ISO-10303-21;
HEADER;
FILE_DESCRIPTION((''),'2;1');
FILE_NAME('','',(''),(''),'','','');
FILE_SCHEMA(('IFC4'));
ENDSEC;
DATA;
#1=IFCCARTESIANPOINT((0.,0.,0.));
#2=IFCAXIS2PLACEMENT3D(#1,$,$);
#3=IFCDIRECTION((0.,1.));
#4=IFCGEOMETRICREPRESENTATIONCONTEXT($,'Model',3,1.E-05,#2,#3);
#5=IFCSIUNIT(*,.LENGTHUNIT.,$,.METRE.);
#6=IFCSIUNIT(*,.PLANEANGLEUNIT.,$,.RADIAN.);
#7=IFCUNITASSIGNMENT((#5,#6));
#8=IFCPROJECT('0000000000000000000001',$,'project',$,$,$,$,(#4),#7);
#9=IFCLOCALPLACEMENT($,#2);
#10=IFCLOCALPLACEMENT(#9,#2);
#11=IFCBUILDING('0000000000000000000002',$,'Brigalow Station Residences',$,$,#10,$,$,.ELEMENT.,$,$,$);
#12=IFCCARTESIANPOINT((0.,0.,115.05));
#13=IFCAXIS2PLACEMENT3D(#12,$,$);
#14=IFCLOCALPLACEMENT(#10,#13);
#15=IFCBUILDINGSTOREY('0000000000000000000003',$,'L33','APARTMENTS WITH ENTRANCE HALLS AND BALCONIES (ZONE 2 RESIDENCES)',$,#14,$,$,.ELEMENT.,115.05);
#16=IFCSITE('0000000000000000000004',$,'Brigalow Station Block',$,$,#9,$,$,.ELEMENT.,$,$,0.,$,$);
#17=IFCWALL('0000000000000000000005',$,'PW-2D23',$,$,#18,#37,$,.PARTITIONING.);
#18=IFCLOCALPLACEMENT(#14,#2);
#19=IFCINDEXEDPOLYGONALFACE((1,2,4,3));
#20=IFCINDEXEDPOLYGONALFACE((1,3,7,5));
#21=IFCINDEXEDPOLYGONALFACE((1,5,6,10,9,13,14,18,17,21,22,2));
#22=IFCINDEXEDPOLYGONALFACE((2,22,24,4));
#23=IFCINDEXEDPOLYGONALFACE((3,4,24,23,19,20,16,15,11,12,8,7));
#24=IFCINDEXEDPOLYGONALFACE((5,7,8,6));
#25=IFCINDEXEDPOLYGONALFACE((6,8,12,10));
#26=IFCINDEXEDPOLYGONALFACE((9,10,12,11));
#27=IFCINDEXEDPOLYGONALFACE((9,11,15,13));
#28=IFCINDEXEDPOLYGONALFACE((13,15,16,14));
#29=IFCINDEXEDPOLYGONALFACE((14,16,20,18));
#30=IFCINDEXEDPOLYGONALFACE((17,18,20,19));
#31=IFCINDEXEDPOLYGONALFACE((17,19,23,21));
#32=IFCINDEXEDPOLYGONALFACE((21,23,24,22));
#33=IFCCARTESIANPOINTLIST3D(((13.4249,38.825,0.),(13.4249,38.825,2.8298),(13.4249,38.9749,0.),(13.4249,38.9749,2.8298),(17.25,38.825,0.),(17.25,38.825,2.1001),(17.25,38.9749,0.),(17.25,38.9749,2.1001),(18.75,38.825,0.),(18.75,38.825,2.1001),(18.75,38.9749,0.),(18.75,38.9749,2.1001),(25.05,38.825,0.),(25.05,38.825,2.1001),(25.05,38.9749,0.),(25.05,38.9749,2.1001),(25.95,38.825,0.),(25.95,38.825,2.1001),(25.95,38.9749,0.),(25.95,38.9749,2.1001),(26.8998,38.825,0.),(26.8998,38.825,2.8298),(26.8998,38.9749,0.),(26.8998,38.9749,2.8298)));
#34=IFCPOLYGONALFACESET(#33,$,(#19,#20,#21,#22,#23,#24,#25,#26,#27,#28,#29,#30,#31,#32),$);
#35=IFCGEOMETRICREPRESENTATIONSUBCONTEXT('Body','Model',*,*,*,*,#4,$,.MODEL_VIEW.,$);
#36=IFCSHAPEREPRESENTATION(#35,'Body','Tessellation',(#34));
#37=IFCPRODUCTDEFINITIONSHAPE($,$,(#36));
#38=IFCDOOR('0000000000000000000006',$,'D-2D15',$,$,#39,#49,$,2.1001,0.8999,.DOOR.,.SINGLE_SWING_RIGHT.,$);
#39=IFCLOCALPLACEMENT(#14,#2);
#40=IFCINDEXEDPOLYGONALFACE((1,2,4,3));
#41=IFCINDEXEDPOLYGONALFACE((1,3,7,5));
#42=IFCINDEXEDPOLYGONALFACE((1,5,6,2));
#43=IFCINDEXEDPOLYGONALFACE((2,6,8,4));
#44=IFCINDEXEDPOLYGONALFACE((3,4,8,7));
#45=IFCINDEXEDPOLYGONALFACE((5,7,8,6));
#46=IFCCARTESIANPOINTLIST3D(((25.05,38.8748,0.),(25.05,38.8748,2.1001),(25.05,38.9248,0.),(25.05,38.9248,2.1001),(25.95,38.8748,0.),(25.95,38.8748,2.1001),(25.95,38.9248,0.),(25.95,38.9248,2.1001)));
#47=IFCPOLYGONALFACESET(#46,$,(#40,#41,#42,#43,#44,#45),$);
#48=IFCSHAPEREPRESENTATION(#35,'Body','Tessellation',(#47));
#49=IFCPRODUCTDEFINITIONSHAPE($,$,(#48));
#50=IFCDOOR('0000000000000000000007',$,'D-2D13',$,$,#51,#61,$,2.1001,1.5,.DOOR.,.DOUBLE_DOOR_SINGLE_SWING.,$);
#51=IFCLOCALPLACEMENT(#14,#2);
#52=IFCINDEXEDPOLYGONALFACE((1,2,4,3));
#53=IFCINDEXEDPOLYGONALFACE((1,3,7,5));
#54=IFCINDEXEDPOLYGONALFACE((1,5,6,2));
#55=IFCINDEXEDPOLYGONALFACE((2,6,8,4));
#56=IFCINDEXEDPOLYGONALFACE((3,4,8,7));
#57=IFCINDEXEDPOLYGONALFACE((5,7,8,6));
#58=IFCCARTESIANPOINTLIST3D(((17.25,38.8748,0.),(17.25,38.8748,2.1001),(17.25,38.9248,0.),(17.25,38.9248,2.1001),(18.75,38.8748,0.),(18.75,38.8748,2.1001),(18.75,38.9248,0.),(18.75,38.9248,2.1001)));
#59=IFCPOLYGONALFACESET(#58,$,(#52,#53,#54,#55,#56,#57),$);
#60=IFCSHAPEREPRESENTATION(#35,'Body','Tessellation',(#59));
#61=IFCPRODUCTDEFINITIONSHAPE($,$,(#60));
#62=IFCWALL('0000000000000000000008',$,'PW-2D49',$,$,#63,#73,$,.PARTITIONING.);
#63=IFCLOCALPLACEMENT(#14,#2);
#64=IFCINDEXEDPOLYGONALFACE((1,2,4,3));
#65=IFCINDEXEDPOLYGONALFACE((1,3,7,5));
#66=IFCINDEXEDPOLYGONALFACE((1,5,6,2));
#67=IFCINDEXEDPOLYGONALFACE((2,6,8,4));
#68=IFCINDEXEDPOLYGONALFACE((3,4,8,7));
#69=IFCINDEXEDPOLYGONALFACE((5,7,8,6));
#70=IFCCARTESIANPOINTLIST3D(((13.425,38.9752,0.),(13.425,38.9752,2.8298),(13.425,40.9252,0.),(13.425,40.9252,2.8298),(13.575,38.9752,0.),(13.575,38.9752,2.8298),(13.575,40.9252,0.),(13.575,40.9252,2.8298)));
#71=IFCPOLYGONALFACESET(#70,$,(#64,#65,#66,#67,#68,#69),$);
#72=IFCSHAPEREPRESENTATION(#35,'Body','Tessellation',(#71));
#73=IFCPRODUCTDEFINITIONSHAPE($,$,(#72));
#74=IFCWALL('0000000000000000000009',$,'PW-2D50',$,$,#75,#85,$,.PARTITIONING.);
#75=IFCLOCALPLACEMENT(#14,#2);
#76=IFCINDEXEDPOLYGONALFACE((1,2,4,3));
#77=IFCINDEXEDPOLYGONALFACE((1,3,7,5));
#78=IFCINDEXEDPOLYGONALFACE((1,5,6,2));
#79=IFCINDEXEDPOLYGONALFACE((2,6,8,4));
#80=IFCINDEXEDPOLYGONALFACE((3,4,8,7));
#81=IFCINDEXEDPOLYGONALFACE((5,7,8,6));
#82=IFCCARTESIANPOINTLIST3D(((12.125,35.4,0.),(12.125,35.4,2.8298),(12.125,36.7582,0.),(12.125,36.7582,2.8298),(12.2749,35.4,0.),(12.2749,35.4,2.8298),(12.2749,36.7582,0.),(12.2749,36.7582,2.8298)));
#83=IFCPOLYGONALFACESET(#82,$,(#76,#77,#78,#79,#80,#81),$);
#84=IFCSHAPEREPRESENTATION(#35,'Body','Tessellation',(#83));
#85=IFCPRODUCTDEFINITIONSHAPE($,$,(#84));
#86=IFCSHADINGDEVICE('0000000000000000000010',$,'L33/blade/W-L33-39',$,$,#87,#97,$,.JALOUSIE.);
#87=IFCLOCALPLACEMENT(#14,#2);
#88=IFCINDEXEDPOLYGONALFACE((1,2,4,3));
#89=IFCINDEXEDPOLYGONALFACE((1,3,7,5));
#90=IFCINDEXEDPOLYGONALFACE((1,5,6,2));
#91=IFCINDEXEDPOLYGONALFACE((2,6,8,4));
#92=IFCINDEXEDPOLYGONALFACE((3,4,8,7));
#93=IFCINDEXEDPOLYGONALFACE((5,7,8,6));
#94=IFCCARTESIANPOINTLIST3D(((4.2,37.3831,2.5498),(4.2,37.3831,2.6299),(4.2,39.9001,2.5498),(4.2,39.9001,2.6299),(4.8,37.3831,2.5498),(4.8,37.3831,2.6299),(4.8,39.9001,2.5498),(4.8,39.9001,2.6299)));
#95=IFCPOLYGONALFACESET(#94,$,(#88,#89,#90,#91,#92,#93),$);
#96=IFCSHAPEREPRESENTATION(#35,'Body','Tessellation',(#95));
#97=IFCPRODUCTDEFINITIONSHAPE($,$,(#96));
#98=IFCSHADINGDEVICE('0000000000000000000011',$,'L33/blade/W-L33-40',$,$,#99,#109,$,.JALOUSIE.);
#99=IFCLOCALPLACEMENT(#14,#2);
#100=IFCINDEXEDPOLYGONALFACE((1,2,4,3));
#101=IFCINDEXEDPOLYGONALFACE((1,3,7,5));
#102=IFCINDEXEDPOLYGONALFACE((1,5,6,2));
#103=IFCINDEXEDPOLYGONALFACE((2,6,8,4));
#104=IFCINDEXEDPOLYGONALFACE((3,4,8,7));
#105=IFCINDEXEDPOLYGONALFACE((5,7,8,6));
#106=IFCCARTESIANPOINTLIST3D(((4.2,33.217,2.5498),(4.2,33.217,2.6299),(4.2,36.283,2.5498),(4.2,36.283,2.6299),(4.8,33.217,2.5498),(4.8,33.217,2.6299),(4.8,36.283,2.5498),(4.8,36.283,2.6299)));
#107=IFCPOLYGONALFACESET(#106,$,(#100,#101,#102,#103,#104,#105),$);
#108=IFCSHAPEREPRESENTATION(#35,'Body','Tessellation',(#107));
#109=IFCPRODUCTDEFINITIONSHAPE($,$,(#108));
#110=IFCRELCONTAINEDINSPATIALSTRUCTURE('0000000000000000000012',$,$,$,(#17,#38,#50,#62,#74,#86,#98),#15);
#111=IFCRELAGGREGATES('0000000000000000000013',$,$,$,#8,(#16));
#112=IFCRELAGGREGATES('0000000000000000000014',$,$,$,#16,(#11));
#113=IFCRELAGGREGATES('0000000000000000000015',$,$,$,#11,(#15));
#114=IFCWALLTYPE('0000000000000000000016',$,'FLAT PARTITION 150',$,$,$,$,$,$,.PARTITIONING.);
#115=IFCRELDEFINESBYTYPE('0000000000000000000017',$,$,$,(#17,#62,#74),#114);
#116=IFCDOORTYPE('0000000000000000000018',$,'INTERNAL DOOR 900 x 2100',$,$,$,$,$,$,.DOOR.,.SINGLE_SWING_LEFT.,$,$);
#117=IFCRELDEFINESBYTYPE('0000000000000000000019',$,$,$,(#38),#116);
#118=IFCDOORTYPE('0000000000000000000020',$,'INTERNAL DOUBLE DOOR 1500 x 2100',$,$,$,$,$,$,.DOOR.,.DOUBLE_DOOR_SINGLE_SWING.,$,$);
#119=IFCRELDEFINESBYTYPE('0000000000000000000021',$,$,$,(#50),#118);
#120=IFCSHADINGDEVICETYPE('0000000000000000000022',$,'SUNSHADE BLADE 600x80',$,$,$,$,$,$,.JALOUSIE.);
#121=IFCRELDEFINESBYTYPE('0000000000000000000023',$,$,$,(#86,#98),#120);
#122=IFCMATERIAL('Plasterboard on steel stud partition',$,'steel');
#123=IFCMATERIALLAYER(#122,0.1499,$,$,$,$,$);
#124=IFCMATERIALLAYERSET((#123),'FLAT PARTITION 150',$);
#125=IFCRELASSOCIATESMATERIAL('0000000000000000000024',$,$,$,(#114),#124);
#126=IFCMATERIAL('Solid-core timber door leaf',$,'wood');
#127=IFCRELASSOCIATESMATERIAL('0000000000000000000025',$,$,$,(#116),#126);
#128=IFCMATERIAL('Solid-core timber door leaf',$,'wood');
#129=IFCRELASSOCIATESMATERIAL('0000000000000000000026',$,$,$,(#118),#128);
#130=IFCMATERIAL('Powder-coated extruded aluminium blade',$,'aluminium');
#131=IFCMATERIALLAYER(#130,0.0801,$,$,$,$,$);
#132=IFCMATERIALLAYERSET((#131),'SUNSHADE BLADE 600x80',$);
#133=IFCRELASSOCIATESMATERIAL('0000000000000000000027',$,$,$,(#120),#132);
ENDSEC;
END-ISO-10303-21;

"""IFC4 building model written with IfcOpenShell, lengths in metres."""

from ifc_helpers import new_model, si_unit, direction, frame, frame_2d, origin, origin_2d, place, context, subcontext, project, spatial, rectangle, extrude, material, layer, layer_set, type_object, element, fill, save


model = new_model("IFC4")

# Units and contexts
model_context = context("Model", 3, precision=1e-05, world=origin(), true_north=direction((0.0, 1.0)))
body_context = subcontext(model_context, "Body", "Model", "MODEL_VIEW")
ifc_project = project(units=[si_unit("LENGTHUNIT", "METRE"), si_unit("PLANEANGLEUNIT", "RADIAN")], contexts=[model_context])

# Site, building, storey
site_placement = place(None, origin())
site = spatial("IfcSite", under=ifc_project, at=site_placement, Name="Brigalow Station Block", CompositionType="ELEMENT", RefElevation=0.0)
building_placement = place(site_placement, origin())
building = spatial("IfcBuilding", under=site, at=building_placement, Name="Brigalow Station Residences", CompositionType="ELEMENT")
storey_placement = place(building_placement, frame((0.0, 0.0, 115.05)))
storey = spatial("IfcBuildingStorey", under=building, at=storey_placement, Name="L33", Description="APARTMENTS WITH ENTRANCE HALLS AND BALCONIES (ZONE 2 RESIDENCES)", CompositionType="ELEMENT", Elevation=115.05)

# Shared definitions
ifc_material_1 = material(Name="Plasterboard on steel stud partition", Category="steel")
ifc_layer_1 = layer(ifc_material_1, 0.1499)
ifc_layer_set_1 = layer_set([ifc_layer_1], Name="FLAT PARTITION 150")
wall_type_1 = type_object("IfcWallType", Name="FLAT PARTITION 150", PredefinedType="PARTITIONING", material=ifc_layer_set_1)
ifc_material_2 = material(Name="Solid-core timber door leaf", Category="wood")
door_type_1 = type_object("IfcDoorType", Name="INTERNAL DOOR 900 x 2100", OperationType="SINGLE_SWING_LEFT", PredefinedType="DOOR", material=ifc_material_2)

# Wall, openings, doors
wall_1_placement = place(storey_placement, frame((13.425, 38.8999, 0.0), z_axis=(0.0, 0.0, 1.0), x_axis=(1.0, 0.0, 0.0)))
wall_1 = element("IfcWall", 1, at=wall_1_placement, inside=storey, type_object=wall_type_1, Name="PW-2D23", PredefinedType="PARTITIONING", context=body_context, shape_type="SweptSolid", body=[
    extrude(rectangle(XDim=13.4749, YDim=0.1499, at=frame_2d((6.7373, 0.0))), origin(), (0.0, 0.0, 1.0), 2.8298),
])
opening_1_placement = place(wall_1_placement, frame((3.825, 0.0, 0.0)))
opening_1 = element("IfcOpeningElement", 2, at=opening_1_placement, cuts=wall_1, PredefinedType="OPENING", context=body_context, shape_type="SweptSolid", body=[
    extrude(rectangle(XDim=1.5, YDim=2.1001, at=frame_2d((0.75, 1.05))), frame((0.0, 0.085, 0.0), z_axis=(0.0, -1.0, 0.0), x_axis=(1.0, 0.0, 0.0)), (0.0, 0.0, 1.0), 0.1699),
])
opening_2_placement = place(wall_1_placement, frame((11.625, 0.0, 0.0)))
opening_2 = element("IfcOpeningElement", 3, at=opening_2_placement, cuts=wall_1, PredefinedType="OPENING", context=body_context, shape_type="SweptSolid", body=[
    extrude(rectangle(XDim=0.8999, YDim=2.1001, at=frame_2d((0.45, 1.05))), frame((0.0, 0.085, 0.0), z_axis=(0.0, -1.0, 0.0), x_axis=(1.0, 0.0, 0.0)), (0.0, 0.0, 1.0), 0.1699),
])
door_1_placement = place(opening_2_placement, origin())
door_1 = element("IfcDoor", 4, at=door_1_placement, inside=storey, type_object=door_type_1, Name="D-2D15", OperationType="SINGLE_SWING_RIGHT", OverallHeight=2.1001, OverallWidth=0.8999, PredefinedType="DOOR", context=body_context, shape_type="SweptSolid", body=[
    extrude(rectangle(XDim=0.8999, YDim=2.1001, at=frame_2d((0.45, 1.05))), frame((0.0, 0.0249, 0.0), z_axis=(0.0, -1.0, 0.0), x_axis=(1.0, 0.0, 0.0)), (0.0, 0.0, 1.0), 0.05),
])
fill(opening_2, door_1)
ifc_material_3 = material(Name="Solid-core timber door leaf", Category="wood")
door_type_2 = type_object("IfcDoorType", Name="INTERNAL DOUBLE DOOR 1500 x 2100", OperationType="DOUBLE_DOOR_SINGLE_SWING", PredefinedType="DOOR", material=ifc_material_3)
door_2_placement = place(opening_1_placement, origin())
door_2 = element("IfcDoor", 5, at=door_2_placement, inside=storey, type_object=door_type_2, Name="D-2D13", OperationType="DOUBLE_DOOR_SINGLE_SWING", OverallHeight=2.1001, OverallWidth=1.5, PredefinedType="DOOR", context=body_context, shape_type="SweptSolid", body=[
    extrude(rectangle(XDim=1.5, YDim=2.1001, at=frame_2d((0.75, 1.05))), frame((0.0, 0.0249, 0.0), z_axis=(0.0, -1.0, 0.0), x_axis=(1.0, 0.0, 0.0)), (0.0, 0.0, 1.0), 0.05),
])
fill(opening_1, door_2)

# Walls
wall_2_placement = place(storey_placement, frame((13.5, 38.9751, 0.0), z_axis=(0.0, 0.0, 1.0), x_axis=(0.0, 1.0, 0.0)))
element("IfcWall", 6, at=wall_2_placement, inside=storey, type_object=wall_type_1, Name="PW-2D49", PredefinedType="PARTITIONING", context=body_context, shape_type="SweptSolid", body=[
    extrude(rectangle(XDim=1.95, YDim=0.1499, at=frame_2d((0.9751, 0.0))), origin(), (0.0, 0.0, 1.0), 2.8298),
])
wall_3_placement = place(storey_placement, frame((12.2, 35.3999, 0.0), z_axis=(0.0, 0.0, 1.0), x_axis=(0.0, 1.0, 0.0)))
element("IfcWall", 7, at=wall_3_placement, inside=storey, type_object=wall_type_1, Name="PW-2D50", PredefinedType="PARTITIONING", context=body_context, shape_type="SweptSolid", body=[
    extrude(rectangle(XDim=1.3582, YDim=0.1499, at=frame_2d((0.6792, 0.0))), origin(), (0.0, 0.0, 1.0), 2.8298),
])

# Shading devices
ifc_material_4 = material(Name="Powder-coated extruded aluminium blade", Category="aluminium")
ifc_layer_2 = layer(ifc_material_4, 0.0801)
ifc_layer_set_2 = layer_set([ifc_layer_2], Name="SUNSHADE BLADE 600x80")
shading_device_type = type_object("IfcShadingDeviceType", Name="SUNSHADE BLADE 600x80", PredefinedType="JALOUSIE", material=ifc_layer_set_2)
shading_device_1_placement = place(storey_placement, frame((4.5, 38.6416, 2.5498), z_axis=(0.0, 0.0, 1.0), x_axis=(0.0, -1.0, 0.0)))
element("IfcShadingDevice", 8, at=shading_device_1_placement, inside=storey, type_object=shading_device_type, Name="L33/blade/W-L33-39", PredefinedType="JALOUSIE", context=body_context, shape_type="SweptSolid", body=[
    extrude(rectangle(XDim=2.5171, YDim=0.6001, at=origin_2d()), origin(), (0.0, 0.0, 1.0), 0.0801),
])
shading_device_2_placement = place(storey_placement, frame((4.5, 34.75, 2.5498), z_axis=(0.0, 0.0, 1.0), x_axis=(0.0, -1.0, 0.0)))
element("IfcShadingDevice", 9, at=shading_device_2_placement, inside=storey, type_object=shading_device_type, Name="L33/blade/W-L33-40", PredefinedType="JALOUSIE", context=body_context, shape_type="SweptSolid", body=[
    extrude(rectangle(XDim=3.0659, YDim=0.6001, at=origin_2d()), origin(), (0.0, 0.0, 1.0), 0.0801),
])

save(model, "model.ifc")
